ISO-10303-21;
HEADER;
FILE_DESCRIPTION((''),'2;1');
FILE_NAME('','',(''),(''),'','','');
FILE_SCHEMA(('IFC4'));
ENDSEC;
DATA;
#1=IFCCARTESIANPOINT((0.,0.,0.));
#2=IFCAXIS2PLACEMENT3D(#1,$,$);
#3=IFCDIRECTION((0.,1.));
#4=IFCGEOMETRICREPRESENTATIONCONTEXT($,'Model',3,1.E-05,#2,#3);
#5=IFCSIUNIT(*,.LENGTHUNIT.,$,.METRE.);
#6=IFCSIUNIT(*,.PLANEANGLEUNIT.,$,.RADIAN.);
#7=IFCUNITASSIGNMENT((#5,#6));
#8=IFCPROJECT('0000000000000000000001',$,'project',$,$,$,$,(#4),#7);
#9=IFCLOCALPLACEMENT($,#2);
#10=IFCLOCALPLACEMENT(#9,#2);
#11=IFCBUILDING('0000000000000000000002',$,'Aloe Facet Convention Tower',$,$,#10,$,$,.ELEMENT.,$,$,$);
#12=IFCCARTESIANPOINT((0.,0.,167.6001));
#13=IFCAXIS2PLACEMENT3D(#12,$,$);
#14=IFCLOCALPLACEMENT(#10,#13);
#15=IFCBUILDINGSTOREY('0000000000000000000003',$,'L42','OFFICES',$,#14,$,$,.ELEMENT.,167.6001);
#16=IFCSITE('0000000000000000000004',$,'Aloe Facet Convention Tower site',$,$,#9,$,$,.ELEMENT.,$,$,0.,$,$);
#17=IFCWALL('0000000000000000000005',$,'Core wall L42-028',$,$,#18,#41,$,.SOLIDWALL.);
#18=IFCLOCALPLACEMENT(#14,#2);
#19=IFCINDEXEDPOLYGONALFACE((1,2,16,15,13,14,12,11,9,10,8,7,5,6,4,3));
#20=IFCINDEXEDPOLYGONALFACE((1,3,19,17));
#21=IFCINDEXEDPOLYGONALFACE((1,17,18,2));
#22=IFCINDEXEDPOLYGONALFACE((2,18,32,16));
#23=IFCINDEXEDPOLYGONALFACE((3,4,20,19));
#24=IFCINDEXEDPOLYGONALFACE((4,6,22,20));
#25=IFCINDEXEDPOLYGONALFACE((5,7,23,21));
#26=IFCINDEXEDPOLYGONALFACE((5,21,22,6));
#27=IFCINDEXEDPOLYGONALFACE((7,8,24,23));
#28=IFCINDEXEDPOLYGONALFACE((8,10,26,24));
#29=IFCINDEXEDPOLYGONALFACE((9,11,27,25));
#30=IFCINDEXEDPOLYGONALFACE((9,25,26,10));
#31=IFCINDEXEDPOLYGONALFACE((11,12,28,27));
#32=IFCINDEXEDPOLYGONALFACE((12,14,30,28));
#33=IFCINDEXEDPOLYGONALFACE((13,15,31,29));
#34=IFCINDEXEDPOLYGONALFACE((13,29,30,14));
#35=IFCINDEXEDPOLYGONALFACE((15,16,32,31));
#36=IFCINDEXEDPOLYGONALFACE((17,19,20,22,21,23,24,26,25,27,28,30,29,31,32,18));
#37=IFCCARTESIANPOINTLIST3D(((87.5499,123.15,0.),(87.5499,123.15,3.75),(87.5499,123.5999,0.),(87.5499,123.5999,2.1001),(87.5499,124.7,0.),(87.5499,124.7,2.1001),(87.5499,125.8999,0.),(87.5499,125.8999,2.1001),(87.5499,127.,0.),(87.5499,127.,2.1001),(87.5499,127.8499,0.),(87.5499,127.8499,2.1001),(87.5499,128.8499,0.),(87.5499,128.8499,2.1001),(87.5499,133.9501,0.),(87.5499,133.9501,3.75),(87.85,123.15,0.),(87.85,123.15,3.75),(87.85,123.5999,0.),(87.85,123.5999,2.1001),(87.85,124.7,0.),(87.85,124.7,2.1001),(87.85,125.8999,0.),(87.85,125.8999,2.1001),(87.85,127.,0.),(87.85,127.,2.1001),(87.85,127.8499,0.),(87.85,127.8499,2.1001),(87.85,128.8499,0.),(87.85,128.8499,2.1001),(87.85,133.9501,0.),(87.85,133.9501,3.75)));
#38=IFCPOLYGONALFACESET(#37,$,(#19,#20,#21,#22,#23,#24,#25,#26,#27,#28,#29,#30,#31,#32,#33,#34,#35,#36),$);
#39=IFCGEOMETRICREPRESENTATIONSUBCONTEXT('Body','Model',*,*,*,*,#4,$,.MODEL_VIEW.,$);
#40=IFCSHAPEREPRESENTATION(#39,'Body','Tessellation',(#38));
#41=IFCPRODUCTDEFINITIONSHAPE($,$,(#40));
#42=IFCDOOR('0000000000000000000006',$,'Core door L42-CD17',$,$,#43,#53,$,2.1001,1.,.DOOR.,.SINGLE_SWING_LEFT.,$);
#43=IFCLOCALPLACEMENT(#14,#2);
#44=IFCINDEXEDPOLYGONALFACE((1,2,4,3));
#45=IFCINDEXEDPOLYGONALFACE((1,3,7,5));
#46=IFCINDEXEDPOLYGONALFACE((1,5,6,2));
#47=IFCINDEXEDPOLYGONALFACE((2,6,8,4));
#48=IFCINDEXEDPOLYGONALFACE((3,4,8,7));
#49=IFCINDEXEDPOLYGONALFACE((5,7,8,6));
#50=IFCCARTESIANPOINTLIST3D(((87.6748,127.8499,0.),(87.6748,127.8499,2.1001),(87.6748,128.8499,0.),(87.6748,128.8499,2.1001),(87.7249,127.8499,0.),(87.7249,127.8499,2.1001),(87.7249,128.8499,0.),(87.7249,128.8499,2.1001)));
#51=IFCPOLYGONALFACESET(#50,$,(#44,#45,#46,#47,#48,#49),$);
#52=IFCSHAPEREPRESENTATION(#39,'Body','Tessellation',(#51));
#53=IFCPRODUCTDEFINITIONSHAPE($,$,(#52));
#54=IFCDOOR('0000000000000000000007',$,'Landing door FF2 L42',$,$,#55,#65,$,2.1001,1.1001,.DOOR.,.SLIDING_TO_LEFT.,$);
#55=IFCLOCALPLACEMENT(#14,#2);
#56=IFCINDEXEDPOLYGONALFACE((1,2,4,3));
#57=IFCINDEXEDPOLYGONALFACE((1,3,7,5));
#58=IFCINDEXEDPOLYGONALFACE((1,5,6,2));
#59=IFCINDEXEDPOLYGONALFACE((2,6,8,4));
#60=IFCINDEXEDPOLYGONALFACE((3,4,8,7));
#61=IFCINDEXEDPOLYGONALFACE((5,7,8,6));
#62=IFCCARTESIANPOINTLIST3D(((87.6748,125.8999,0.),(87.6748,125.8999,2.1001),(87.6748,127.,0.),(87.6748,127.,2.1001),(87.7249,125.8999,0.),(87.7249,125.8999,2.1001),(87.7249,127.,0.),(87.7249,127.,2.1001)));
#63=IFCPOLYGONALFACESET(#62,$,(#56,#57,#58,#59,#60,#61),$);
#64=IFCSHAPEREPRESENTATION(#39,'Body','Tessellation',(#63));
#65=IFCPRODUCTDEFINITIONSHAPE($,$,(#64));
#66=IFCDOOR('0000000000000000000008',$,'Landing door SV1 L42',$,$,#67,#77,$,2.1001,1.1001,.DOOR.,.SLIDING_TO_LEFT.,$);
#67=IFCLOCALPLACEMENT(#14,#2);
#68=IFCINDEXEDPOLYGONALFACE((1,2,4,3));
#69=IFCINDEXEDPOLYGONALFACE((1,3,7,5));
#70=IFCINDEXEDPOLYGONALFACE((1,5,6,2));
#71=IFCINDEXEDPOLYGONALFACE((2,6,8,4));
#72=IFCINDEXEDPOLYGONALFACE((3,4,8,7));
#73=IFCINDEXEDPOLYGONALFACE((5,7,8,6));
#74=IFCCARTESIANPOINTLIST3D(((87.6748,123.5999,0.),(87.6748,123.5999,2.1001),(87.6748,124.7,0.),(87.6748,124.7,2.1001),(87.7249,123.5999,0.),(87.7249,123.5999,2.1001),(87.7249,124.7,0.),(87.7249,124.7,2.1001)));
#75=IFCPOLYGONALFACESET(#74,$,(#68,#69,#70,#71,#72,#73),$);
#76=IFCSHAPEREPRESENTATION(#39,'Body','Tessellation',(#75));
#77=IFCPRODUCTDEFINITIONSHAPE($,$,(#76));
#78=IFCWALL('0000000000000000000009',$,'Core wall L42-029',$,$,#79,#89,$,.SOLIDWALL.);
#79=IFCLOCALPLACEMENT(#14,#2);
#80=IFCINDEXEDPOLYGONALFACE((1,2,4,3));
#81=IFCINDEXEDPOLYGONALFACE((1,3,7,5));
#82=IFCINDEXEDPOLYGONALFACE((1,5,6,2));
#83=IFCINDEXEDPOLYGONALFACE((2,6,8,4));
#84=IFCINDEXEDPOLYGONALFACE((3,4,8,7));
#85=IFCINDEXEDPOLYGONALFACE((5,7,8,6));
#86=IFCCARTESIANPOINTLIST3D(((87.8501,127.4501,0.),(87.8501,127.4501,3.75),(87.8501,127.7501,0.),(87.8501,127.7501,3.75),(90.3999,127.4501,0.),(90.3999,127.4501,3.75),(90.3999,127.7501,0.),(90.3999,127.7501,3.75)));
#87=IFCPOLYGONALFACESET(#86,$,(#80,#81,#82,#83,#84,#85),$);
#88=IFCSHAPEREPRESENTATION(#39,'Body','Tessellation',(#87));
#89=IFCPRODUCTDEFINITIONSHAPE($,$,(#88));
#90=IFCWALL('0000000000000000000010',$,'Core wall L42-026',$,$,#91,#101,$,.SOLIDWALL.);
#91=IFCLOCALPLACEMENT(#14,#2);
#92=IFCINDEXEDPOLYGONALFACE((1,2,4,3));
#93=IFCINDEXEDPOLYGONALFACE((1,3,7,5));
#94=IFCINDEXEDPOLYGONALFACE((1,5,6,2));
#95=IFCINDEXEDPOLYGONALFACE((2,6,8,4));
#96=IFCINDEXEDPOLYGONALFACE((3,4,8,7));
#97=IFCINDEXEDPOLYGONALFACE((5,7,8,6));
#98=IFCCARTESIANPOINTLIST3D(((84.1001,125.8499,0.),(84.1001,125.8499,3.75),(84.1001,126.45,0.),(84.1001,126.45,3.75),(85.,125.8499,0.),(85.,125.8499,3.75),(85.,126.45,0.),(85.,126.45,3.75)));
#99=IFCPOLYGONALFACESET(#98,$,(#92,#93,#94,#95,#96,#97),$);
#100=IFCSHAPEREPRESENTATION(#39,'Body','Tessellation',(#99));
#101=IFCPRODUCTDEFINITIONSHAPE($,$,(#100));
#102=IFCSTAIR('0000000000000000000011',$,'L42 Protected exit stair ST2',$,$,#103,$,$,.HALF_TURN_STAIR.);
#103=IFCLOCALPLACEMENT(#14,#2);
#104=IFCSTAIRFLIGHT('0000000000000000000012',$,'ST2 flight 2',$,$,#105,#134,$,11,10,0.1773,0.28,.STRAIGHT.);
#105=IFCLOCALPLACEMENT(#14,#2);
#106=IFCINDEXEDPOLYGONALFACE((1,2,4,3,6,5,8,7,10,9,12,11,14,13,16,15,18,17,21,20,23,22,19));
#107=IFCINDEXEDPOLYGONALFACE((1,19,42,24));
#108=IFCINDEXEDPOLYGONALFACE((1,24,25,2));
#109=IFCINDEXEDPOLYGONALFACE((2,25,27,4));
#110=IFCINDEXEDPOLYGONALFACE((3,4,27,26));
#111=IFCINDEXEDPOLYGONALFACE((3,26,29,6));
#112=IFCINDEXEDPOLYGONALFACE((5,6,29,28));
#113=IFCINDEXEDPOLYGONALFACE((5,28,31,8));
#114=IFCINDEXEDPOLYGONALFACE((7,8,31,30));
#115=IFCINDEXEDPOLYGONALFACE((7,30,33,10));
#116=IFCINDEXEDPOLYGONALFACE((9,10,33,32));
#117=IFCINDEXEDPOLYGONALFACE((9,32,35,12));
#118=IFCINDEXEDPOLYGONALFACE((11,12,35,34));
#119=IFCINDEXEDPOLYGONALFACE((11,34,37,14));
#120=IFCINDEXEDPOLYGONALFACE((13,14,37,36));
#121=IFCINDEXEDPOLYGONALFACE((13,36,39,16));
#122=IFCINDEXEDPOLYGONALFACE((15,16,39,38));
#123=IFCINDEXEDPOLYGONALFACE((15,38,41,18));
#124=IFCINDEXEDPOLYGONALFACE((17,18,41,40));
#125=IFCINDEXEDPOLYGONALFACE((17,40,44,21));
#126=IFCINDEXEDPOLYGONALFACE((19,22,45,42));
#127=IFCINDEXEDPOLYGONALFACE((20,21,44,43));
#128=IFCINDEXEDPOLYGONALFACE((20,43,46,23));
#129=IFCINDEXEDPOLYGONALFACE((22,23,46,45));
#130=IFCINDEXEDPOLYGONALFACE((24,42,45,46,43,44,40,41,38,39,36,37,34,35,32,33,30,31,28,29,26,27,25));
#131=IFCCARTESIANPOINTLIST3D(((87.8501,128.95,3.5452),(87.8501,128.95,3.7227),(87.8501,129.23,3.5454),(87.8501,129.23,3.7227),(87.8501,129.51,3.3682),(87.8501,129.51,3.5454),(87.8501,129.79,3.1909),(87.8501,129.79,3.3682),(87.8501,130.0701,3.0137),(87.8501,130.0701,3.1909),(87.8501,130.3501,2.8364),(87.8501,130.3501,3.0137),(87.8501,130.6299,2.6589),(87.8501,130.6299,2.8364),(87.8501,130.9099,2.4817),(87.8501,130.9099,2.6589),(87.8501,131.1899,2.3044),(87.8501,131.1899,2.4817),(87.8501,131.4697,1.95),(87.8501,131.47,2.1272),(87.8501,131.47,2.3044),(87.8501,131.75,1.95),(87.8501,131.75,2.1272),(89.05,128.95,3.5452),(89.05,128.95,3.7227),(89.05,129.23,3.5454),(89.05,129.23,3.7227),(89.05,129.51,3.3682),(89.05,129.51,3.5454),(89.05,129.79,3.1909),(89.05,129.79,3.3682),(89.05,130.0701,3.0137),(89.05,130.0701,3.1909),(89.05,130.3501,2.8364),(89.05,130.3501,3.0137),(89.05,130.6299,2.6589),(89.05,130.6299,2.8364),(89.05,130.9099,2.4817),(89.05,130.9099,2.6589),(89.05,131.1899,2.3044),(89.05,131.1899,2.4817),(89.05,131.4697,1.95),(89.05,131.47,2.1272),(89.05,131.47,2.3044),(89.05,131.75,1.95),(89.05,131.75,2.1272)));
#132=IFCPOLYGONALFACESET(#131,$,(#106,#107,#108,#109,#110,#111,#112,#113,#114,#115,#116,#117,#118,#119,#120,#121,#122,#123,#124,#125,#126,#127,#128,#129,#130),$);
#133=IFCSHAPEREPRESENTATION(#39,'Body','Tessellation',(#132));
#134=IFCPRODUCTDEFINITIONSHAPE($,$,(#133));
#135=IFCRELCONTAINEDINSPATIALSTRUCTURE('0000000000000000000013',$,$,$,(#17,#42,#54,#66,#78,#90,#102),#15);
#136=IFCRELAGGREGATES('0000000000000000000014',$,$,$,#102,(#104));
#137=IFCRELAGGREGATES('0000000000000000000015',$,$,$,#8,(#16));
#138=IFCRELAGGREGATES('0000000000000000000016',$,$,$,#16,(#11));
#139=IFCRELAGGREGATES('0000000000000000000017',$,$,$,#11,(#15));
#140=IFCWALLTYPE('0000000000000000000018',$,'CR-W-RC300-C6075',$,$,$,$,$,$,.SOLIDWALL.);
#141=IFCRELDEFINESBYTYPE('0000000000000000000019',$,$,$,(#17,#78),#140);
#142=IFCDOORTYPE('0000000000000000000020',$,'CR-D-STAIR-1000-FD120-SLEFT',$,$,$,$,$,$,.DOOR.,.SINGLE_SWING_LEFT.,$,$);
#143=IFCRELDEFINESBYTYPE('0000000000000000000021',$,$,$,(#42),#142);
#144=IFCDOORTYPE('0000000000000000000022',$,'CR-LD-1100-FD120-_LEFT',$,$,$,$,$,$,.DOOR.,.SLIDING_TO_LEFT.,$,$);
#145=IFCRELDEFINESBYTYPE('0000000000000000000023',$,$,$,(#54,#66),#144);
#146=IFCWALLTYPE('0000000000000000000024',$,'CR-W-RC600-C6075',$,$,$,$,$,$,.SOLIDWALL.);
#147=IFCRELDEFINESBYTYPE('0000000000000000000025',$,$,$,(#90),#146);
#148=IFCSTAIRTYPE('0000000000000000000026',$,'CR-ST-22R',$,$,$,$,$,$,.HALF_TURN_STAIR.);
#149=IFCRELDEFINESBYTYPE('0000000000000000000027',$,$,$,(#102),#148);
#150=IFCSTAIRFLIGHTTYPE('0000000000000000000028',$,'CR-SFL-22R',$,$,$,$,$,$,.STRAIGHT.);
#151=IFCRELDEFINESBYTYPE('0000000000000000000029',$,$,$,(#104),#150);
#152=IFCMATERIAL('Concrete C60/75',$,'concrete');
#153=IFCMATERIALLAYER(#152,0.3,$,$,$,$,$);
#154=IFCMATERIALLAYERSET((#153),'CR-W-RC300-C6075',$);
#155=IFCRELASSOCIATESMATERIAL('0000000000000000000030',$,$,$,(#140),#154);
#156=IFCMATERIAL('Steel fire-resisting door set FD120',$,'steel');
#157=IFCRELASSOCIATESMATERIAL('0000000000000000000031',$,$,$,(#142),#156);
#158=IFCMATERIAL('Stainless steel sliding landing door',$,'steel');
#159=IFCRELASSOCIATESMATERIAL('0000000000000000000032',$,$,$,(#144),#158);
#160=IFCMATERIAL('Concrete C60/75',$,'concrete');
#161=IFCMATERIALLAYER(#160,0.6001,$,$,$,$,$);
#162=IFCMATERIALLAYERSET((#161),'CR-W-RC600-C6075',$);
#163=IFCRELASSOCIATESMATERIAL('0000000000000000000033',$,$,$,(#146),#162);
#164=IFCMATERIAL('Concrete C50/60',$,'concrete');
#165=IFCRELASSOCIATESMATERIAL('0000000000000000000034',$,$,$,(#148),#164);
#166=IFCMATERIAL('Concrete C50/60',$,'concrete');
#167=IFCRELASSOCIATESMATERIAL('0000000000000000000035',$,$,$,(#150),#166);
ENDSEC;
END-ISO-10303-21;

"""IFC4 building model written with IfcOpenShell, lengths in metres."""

from ifc_helpers import new_model, si_unit, direction, frame, frame_2d, origin, place, context, subcontext, project, spatial, polyline, rectangle, outline, extrude, material, layer, layer_set, type_object, element, fill, aggregate, save


model = new_model("IFC4")

# Units and contexts
model_context = context("Model", 3, precision=1e-05, world=origin(), true_north=direction((0.0, 1.0)))
body_context = subcontext(model_context, "Body", "Model", "MODEL_VIEW")
ifc_project = project(units=[si_unit("LENGTHUNIT", "METRE"), si_unit("PLANEANGLEUNIT", "RADIAN")], contexts=[model_context])

# Site, building, storey
site_placement = place(None, origin())
site = spatial("IfcSite", under=ifc_project, at=site_placement, Name="Aloe Facet Convention Tower site", CompositionType="ELEMENT", RefElevation=0.0)
building_placement = place(site_placement, origin())
building = spatial("IfcBuilding", under=site, at=building_placement, Name="Aloe Facet Convention Tower", CompositionType="ELEMENT")
storey_placement = place(building_placement, frame((0.0, 0.0, 167.6001)))
storey = spatial("IfcBuildingStorey", under=building, at=storey_placement, Name="L42", Description="OFFICES", CompositionType="ELEMENT", Elevation=167.6001)

# Shared definitions
ifc_material_1 = material(Name="Concrete C60/75", Category="concrete")
ifc_layer_1 = layer(ifc_material_1, 0.3)
ifc_layer_set_1 = layer_set([ifc_layer_1], Name="CR-W-RC300-C6075")
wall_type_1 = type_object("IfcWallType", Name="CR-W-RC300-C6075", PredefinedType="SOLIDWALL", material=ifc_layer_set_1)

# Wall, openings, doors
wall_1_placement = place(storey_placement, frame((87.7, 133.95, 0.0), z_axis=(0.0, 0.0, 1.0), x_axis=(0.0, -1.0, 0.0)))
wall_1 = element("IfcWall", 1, at=wall_1_placement, inside=storey, type_object=wall_type_1, Name="Core wall L42-028", PredefinedType="SOLIDWALL", context=body_context, shape_type="SweptSolid", body=[
    extrude(rectangle(XDim=10.8, YDim=0.3, at=frame_2d((5.3999, 0.0))), origin(), (0.0, 0.0, 1.0), 3.75),
])
opening_1_placement = place(wall_1_placement, frame((6.95, 0.0, 0.0)))
opening_1 = element("IfcOpeningElement", 2, at=opening_1_placement, cuts=wall_1, PredefinedType="OPENING", context=body_context, shape_type="SweptSolid", body=[
    extrude(rectangle(XDim=1.1001, YDim=2.1001, at=frame_2d((0.55, 1.05))), frame((0.0, 0.1602, 0.0), z_axis=(0.0, -1.0, 0.0), x_axis=(1.0, 0.0, 0.0)), (0.0, 0.0, 1.0), 0.3201),
])
opening_2_placement = place(wall_1_placement, frame((5.1001, 0.0, 0.0)))
opening_2 = element("IfcOpeningElement", 3, at=opening_2_placement, cuts=wall_1, PredefinedType="OPENING", context=body_context, shape_type="SweptSolid", body=[
    extrude(rectangle(XDim=1.0, YDim=2.1001, at=frame_2d((0.5, 1.05))), frame((0.0, 0.1602, 0.0), z_axis=(0.0, -1.0, 0.0), x_axis=(1.0, 0.0, 0.0)), (0.0, 0.0, 1.0), 0.3201),
])
opening_3_placement = place(wall_1_placement, frame((9.25, 0.0, 0.0)))
opening_3 = element("IfcOpeningElement", 4, at=opening_3_placement, cuts=wall_1, PredefinedType="OPENING", context=body_context, shape_type="SweptSolid", body=[
    extrude(rectangle(XDim=1.1001, YDim=2.1001, at=frame_2d((0.55, 1.05))), frame((0.0, 0.1602, 0.0), z_axis=(0.0, -1.0, 0.0), x_axis=(1.0, 0.0, 0.0)), (0.0, 0.0, 1.0), 0.3201),
])
ifc_material_2 = material(Name="Steel fire-resisting door set FD120", Category="steel")
door_type_1 = type_object("IfcDoorType", Name="CR-D-STAIR-1000-FD120-SLEFT", OperationType="SINGLE_SWING_LEFT", PredefinedType="DOOR", material=ifc_material_2)
door_1_placement = place(opening_2_placement, origin())
door_1 = element("IfcDoor", 5, at=door_1_placement, inside=storey, type_object=door_type_1, Name="Core door L42-CD17", OperationType="SINGLE_SWING_LEFT", OverallHeight=2.1001, OverallWidth=1.0, PredefinedType="DOOR", context=body_context, shape_type="SweptSolid", body=[
    extrude(rectangle(XDim=1.0, YDim=2.1001, at=frame_2d((0.5, 1.05))), frame((0.0, 0.0249, 0.0), z_axis=(0.0, -1.0, 0.0), x_axis=(1.0, 0.0, 0.0)), (0.0, 0.0, 1.0), 0.05),
])
fill(opening_2, door_1)
ifc_material_3 = material(Name="Stainless steel sliding landing door", Category="steel")
door_type_2 = type_object("IfcDoorType", Name="CR-LD-1100-FD120-_LEFT", OperationType="SLIDING_TO_LEFT", PredefinedType="DOOR", material=ifc_material_3)
door_2_placement = place(opening_1_placement, origin())
door_2 = element("IfcDoor", 6, at=door_2_placement, inside=storey, type_object=door_type_2, Name="Landing door FF2 L42", OperationType="SLIDING_TO_LEFT", OverallHeight=2.1001, OverallWidth=1.1001, PredefinedType="DOOR", context=body_context, shape_type="SweptSolid", body=[
    extrude(rectangle(XDim=1.1001, YDim=2.1001, at=frame_2d((0.55, 1.05))), frame((0.0, 0.0249, 0.0), z_axis=(0.0, -1.0, 0.0), x_axis=(1.0, 0.0, 0.0)), (0.0, 0.0, 1.0), 0.05),
])
fill(opening_1, door_2)
door_3_placement = place(opening_3_placement, origin())
door_3 = element("IfcDoor", 7, at=door_3_placement, inside=storey, type_object=door_type_2, Name="Landing door SV1 L42", OperationType="SLIDING_TO_LEFT", OverallHeight=2.1001, OverallWidth=1.1001, PredefinedType="DOOR", context=body_context, shape_type="SweptSolid", body=[
    extrude(rectangle(XDim=1.1001, YDim=2.1001, at=frame_2d((0.55, 1.05))), frame((0.0, 0.0249, 0.0), z_axis=(0.0, -1.0, 0.0), x_axis=(1.0, 0.0, 0.0)), (0.0, 0.0, 1.0), 0.05),
])
fill(opening_3, door_3)

# Walls
wall_2_placement = place(storey_placement, frame((87.8501, 127.6001, 0.0), z_axis=(0.0, 0.0, 1.0), x_axis=(1.0, 0.0, 0.0)))
element("IfcWall", 8, at=wall_2_placement, inside=storey, type_object=wall_type_1, Name="Core wall L42-029", PredefinedType="SOLIDWALL", context=body_context, shape_type="SweptSolid", body=[
    extrude(rectangle(XDim=2.5498, YDim=0.3, at=frame_2d((1.2749, 0.0))), origin(), (0.0, 0.0, 1.0), 3.75),
])
ifc_material_4 = material(Name="Concrete C60/75", Category="concrete")
ifc_layer_2 = layer(ifc_material_4, 0.6001)
ifc_layer_set_2 = layer_set([ifc_layer_2], Name="CR-W-RC600-C6075")
wall_type_2 = type_object("IfcWallType", Name="CR-W-RC600-C6075", PredefinedType="SOLIDWALL", material=ifc_layer_set_2)
wall_3_placement = place(storey_placement, frame((84.1001, 126.1499, 0.0), z_axis=(0.0, 0.0, 1.0), x_axis=(1.0, 0.0, 0.0)))
element("IfcWall", 9, at=wall_3_placement, inside=storey, type_object=wall_type_2, Name="Core wall L42-026", PredefinedType="SOLIDWALL", context=body_context, shape_type="SweptSolid", body=[
    extrude(rectangle(XDim=0.8999, YDim=0.6001, at=frame_2d((0.45, 0.0))), origin(), (0.0, 0.0, 1.0), 3.75),
])

# Stair, stair flight
ifc_material_5 = material(Name="Concrete C50/60", Category="concrete")
stair_type = type_object("IfcStairType", Name="CR-ST-22R", PredefinedType="HALF_TURN_STAIR", material=ifc_material_5)
stair_placement = place(storey_placement, origin())
stair = element("IfcStair", 10, at=stair_placement, inside=storey, type_object=stair_type, Name="L42 Protected exit stair ST2", PredefinedType="HALF_TURN_STAIR")
ifc_material_6 = material(Name="Concrete C50/60", Category="concrete")
stair_flight_type = type_object("IfcStairFlightType", Name="CR-SFL-22R", PredefinedType="STRAIGHT", material=ifc_material_6)
stair_flight_placement = place(storey_placement, frame((88.45, 131.75, 1.95), z_axis=(0.0, 0.0, 1.0), x_axis=(0.0, -1.0, 0.0)))
stair_flight = element("IfcStairFlight", 11, at=stair_flight_placement, type_object=stair_flight_type, Name="ST2 flight 2", NumberOfRisers=11, NumberOfTreads=10, PredefinedType="STRAIGHT", RiserHeight=0.1773, TreadLength=0.28, context=body_context, shape_type="SweptSolid", body=[
    extrude(outline(polyline([(0.0, 0.0), (0.0, 0.1772), (0.28, 0.1772), (0.28, 0.3545), (0.5601, 0.3545), (0.5601, 0.5317), (0.8401, 0.5317), (0.8401, 0.709), (1.1201, 0.709), (1.1201, 0.8865), (1.3999, 0.8865), (1.3999, 1.0637), (1.6799, 1.0637), (1.6799, 1.241), (1.96, 1.241), (1.96, 1.4182), (2.24, 1.4182), (2.24, 1.5955), (2.52, 1.5955), (2.52, 1.7727), (2.8, 1.7727), (2.8, 1.95), (2.8, 1.5952), (0.2803, 0.0), (0.0, 0.0)])), frame((0.0, 0.6001, 0.0), z_axis=(0.0, -1.0, 0.0), x_axis=(1.0, 0.0, 0.0)), (0.0, 0.0, 1.0), 1.2),
])
aggregate(stair, [stair_flight])

save(model, "model.ifc")
